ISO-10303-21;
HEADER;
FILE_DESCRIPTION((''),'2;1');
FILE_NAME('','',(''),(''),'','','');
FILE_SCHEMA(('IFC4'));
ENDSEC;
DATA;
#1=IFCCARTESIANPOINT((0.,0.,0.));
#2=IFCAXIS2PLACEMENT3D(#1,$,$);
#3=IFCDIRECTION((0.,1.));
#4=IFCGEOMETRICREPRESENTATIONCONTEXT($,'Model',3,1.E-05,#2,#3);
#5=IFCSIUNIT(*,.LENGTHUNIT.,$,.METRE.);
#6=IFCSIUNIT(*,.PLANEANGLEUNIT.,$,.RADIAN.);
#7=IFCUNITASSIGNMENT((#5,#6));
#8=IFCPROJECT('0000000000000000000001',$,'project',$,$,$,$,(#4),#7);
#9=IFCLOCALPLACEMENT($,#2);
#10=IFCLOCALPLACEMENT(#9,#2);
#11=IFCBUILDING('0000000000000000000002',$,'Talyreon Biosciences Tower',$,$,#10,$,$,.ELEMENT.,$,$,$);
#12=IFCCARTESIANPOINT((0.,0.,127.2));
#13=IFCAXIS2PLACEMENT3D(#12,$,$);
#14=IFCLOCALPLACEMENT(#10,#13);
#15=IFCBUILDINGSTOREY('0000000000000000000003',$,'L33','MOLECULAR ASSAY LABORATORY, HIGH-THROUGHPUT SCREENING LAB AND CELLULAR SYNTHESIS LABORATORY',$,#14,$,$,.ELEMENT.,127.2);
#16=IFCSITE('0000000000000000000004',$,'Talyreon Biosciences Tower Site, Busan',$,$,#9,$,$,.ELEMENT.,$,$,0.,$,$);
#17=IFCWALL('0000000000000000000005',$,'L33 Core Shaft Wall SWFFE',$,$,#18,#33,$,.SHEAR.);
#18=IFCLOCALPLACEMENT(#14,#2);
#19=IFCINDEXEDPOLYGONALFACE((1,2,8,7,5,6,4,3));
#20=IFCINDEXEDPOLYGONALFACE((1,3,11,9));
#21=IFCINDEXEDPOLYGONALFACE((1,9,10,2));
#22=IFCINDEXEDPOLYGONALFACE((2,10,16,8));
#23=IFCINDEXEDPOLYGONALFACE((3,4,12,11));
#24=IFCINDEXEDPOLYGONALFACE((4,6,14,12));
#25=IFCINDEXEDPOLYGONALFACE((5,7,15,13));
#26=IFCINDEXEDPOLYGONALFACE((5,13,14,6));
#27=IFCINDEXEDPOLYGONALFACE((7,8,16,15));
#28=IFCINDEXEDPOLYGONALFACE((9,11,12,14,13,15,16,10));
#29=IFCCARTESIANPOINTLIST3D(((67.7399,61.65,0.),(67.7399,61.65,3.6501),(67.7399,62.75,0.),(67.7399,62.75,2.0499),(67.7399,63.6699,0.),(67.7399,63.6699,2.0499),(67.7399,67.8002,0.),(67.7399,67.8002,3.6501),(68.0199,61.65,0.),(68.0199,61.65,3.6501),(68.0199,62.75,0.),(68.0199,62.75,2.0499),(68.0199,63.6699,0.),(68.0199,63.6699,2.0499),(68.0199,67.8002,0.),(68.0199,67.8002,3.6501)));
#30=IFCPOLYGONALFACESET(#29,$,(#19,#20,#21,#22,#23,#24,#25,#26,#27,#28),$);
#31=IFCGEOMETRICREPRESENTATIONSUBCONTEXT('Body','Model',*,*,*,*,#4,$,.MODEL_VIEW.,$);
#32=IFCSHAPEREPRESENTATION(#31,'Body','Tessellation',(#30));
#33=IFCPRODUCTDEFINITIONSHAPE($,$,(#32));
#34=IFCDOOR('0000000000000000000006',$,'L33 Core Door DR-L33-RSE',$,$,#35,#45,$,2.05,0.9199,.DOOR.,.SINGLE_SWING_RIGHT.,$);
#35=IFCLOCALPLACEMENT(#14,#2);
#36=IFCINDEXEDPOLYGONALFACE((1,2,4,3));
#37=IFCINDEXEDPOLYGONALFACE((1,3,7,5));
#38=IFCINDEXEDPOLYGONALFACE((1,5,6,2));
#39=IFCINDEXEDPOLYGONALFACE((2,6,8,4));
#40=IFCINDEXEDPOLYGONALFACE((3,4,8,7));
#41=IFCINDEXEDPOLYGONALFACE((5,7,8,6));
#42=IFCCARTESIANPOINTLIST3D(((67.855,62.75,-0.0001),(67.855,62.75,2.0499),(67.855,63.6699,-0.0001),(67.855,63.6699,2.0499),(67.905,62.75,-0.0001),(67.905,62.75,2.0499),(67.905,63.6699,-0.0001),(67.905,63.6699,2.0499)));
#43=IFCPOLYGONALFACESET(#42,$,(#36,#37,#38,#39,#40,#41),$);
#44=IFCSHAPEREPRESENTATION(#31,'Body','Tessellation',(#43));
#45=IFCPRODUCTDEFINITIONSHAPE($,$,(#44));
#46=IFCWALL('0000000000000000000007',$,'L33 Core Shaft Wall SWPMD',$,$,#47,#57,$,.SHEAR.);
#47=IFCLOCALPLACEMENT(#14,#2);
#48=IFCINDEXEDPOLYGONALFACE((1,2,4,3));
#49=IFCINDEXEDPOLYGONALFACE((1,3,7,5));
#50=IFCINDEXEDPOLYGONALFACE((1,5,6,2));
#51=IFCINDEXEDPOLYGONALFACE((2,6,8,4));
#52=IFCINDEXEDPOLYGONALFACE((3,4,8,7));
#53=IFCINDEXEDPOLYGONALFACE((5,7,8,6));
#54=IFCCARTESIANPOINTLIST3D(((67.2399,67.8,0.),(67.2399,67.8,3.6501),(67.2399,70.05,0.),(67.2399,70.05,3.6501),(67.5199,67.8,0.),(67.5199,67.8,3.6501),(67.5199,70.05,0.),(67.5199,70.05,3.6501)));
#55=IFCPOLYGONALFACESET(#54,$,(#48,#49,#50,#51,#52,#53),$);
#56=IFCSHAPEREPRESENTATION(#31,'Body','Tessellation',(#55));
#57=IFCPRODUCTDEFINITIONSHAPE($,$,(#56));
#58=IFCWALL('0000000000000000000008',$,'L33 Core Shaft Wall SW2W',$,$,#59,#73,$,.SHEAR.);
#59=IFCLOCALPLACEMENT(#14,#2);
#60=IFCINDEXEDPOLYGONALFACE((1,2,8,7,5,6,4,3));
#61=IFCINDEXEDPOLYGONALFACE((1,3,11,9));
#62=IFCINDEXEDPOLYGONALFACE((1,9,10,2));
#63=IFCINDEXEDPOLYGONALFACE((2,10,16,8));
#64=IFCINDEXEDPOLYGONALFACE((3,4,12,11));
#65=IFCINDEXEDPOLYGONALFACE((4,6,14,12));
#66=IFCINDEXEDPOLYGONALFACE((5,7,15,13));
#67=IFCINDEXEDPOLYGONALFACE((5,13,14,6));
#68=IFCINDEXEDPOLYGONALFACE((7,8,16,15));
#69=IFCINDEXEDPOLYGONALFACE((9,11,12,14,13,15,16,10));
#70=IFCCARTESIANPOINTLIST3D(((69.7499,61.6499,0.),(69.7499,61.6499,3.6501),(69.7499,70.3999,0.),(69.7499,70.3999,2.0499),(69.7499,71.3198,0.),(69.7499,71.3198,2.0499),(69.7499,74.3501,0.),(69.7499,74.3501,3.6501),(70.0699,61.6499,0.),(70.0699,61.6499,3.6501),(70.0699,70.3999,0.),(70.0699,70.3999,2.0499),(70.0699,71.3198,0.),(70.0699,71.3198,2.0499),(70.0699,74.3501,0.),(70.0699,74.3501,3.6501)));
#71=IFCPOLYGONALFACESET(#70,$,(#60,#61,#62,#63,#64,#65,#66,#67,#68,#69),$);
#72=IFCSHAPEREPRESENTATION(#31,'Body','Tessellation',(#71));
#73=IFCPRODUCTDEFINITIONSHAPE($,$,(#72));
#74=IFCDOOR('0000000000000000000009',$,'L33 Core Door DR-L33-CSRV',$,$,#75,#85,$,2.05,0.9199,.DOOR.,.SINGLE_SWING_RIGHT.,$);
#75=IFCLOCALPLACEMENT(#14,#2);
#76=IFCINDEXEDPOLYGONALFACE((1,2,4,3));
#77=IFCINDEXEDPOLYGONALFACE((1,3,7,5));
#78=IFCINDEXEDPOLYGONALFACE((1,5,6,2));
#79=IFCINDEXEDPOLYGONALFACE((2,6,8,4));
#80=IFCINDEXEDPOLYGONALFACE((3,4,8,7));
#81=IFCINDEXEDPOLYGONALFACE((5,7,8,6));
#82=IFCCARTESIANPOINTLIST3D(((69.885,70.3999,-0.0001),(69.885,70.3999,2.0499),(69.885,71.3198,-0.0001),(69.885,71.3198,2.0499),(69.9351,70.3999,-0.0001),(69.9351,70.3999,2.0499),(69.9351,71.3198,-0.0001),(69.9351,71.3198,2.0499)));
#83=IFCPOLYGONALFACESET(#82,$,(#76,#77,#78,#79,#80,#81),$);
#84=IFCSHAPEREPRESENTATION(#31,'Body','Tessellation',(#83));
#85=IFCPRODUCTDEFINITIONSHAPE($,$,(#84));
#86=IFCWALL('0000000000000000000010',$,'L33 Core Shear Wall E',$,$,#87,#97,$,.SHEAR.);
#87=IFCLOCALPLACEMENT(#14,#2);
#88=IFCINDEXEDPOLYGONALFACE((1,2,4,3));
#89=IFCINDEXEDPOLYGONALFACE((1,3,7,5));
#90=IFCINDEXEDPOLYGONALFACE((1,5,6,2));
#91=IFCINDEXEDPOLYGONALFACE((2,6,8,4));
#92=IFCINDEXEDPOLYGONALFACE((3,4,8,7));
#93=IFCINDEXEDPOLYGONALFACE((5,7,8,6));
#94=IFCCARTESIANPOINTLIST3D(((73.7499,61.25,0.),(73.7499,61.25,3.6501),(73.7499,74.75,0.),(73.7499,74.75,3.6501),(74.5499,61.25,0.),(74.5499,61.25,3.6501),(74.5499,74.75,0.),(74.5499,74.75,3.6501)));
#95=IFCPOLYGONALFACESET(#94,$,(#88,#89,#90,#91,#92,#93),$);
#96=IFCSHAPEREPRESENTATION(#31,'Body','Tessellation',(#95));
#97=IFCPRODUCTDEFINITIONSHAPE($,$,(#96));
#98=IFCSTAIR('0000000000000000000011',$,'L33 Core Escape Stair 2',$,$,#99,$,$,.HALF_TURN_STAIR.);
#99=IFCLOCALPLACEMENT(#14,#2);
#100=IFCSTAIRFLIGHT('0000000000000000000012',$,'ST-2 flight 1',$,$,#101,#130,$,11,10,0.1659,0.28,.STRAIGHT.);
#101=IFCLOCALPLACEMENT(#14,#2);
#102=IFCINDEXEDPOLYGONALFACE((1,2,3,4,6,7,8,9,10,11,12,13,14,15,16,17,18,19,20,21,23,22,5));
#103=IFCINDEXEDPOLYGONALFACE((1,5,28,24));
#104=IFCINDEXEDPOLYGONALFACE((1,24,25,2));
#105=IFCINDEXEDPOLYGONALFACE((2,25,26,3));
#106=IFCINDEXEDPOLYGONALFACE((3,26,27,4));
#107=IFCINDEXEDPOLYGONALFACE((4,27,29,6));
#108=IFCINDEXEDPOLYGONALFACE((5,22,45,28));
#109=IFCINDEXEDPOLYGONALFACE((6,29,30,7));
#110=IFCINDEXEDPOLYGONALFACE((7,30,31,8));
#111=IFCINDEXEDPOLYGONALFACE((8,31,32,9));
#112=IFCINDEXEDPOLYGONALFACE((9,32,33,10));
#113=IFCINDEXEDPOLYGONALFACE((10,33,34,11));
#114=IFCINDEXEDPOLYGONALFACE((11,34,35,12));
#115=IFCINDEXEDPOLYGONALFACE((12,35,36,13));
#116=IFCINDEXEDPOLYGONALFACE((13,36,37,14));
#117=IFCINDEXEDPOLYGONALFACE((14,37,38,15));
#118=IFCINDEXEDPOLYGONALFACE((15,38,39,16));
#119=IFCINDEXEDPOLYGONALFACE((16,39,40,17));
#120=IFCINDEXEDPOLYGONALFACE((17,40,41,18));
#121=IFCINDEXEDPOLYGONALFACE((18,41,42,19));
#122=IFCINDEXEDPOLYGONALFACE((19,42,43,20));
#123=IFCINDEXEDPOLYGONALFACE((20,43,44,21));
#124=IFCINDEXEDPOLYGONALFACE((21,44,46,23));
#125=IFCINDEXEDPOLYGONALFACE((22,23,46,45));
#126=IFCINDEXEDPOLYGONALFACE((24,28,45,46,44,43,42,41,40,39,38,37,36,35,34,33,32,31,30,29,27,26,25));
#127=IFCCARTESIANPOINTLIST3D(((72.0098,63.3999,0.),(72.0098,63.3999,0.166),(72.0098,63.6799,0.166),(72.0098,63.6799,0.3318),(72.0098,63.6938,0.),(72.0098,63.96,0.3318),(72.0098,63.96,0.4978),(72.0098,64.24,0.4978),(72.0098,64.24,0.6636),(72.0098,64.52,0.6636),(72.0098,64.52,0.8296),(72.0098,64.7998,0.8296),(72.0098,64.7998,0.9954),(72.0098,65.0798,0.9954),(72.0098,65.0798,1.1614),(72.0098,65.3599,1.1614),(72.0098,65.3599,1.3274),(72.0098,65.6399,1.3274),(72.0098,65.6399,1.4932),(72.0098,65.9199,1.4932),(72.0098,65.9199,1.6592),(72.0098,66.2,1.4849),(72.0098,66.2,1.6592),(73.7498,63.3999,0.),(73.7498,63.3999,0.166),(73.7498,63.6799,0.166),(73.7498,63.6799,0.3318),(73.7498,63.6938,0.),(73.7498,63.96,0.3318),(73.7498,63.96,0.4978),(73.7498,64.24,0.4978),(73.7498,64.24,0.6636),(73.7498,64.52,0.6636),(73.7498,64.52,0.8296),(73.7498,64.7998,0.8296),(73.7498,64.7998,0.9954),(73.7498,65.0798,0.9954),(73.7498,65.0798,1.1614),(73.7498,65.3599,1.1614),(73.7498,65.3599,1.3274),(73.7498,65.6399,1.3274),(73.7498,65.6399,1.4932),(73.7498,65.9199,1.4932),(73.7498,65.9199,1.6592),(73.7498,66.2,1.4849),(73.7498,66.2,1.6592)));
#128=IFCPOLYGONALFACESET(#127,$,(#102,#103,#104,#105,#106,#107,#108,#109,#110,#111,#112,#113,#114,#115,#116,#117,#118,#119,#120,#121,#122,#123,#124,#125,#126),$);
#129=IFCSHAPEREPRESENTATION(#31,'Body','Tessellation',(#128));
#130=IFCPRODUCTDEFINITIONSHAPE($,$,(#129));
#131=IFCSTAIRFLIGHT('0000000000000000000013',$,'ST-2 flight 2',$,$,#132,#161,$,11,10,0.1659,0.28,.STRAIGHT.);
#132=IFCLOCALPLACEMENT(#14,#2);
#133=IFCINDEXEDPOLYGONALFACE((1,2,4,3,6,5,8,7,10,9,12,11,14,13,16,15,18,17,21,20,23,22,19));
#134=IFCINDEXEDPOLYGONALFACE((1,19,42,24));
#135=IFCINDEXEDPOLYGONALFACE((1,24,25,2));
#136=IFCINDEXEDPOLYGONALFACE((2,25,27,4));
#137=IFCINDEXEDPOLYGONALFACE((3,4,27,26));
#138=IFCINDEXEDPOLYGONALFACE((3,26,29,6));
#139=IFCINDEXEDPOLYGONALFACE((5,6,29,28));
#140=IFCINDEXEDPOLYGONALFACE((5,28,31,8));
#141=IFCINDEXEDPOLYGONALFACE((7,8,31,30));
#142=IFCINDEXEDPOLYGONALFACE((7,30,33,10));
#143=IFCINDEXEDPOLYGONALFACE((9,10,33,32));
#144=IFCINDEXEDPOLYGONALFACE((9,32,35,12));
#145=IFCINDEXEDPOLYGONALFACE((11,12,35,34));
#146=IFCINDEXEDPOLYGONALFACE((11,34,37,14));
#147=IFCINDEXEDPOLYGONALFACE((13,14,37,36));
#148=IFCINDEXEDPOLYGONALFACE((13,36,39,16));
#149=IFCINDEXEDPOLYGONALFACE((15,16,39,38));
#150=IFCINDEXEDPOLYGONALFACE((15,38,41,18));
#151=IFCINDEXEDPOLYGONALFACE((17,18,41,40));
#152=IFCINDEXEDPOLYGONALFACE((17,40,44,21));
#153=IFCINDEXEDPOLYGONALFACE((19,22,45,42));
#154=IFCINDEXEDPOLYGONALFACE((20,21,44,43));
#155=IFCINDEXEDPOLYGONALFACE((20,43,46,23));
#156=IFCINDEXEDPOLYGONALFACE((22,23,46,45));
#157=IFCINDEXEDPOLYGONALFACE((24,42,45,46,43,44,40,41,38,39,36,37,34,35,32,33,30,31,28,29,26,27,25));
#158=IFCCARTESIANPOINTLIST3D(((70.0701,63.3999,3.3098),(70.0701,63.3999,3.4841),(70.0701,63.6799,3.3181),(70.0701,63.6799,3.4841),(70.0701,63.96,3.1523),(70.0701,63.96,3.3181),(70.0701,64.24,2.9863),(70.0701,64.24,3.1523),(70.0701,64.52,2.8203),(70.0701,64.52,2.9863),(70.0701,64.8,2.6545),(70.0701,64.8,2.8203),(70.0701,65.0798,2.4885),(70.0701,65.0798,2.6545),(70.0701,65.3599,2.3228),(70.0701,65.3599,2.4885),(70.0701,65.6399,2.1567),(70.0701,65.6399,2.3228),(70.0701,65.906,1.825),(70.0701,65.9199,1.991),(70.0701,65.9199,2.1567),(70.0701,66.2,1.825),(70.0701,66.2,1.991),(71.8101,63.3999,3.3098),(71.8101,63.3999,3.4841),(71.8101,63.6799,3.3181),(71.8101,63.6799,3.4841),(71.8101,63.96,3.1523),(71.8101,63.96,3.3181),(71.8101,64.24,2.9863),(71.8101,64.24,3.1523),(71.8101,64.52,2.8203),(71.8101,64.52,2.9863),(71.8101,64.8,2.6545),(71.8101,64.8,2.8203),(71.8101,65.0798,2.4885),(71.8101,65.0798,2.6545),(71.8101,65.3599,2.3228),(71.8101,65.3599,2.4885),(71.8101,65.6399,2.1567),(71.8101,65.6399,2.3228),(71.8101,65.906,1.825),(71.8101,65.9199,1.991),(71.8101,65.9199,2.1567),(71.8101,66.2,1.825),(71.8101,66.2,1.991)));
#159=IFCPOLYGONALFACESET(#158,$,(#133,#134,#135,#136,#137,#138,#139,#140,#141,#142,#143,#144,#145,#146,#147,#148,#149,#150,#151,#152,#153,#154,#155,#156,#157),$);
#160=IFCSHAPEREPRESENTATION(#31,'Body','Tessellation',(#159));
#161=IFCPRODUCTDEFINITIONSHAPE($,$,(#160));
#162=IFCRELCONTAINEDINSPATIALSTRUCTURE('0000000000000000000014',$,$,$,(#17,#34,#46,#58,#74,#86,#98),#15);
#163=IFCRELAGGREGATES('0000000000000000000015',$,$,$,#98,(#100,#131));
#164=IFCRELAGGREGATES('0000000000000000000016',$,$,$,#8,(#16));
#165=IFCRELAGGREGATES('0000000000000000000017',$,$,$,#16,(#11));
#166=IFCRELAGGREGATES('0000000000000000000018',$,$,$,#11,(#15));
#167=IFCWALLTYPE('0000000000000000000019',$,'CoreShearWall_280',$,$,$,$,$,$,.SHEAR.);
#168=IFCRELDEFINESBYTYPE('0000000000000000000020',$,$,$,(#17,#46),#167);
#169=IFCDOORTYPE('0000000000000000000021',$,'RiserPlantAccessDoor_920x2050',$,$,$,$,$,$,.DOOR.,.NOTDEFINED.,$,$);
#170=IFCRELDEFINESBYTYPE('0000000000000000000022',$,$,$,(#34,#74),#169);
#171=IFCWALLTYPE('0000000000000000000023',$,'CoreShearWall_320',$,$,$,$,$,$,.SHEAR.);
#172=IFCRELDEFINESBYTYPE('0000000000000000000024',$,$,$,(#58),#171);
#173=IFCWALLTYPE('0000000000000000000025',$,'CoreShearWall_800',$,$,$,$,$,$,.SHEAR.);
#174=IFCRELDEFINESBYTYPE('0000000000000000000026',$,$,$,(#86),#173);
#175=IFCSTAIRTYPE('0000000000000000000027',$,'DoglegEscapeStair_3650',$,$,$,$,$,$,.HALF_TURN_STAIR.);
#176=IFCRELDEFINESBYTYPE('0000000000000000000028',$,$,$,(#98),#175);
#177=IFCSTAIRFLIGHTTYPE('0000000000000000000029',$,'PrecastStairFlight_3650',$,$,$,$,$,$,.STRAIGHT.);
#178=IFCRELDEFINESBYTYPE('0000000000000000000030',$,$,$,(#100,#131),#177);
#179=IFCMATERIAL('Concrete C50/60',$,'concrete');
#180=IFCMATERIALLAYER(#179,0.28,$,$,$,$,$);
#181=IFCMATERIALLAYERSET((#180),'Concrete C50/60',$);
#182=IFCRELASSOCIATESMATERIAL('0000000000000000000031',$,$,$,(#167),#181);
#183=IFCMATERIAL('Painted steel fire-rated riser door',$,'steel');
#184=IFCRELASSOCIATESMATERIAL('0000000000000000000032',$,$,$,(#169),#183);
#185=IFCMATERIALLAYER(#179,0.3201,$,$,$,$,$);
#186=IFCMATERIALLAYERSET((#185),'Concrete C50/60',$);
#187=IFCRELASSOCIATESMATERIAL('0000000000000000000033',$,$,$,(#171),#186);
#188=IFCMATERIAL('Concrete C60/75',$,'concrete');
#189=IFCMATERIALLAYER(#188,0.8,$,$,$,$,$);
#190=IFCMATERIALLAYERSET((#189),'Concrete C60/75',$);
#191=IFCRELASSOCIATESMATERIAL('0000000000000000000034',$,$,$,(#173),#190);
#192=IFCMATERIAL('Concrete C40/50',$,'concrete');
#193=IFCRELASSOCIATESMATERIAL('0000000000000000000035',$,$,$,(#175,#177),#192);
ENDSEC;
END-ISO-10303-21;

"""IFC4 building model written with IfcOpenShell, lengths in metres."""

from ifc_helpers import new_model, si_unit, direction, frame, frame_2d, origin, place, context, subcontext, project, spatial, polyline, rectangle, outline, extrude, material, layer, layer_set, type_object, element, fill, aggregate, save


model = new_model("IFC4")

# Units and contexts
model_context = context("Model", 3, precision=1e-05, world=origin(), true_north=direction((0.0, 1.0)))
body_context = subcontext(model_context, "Body", "Model", "MODEL_VIEW")
ifc_project = project(units=[si_unit("LENGTHUNIT", "METRE"), si_unit("PLANEANGLEUNIT", "RADIAN")], contexts=[model_context])

# Site, building, storey
site_placement = place(None, origin())
site = spatial("IfcSite", under=ifc_project, at=site_placement, Name="Talyreon Biosciences Tower Site, Busan", CompositionType="ELEMENT", RefElevation=0.0)
building_placement = place(site_placement, origin())
building = spatial("IfcBuilding", under=site, at=building_placement, Name="Talyreon Biosciences Tower", CompositionType="ELEMENT")
storey_placement = place(building_placement, frame((0.0, 0.0, 127.2)))
storey = spatial("IfcBuildingStorey", under=building, at=storey_placement, Name="L33", Description="MOLECULAR ASSAY LABORATORY, HIGH-THROUGHPUT SCREENING LAB AND CELLULAR SYNTHESIS LABORATORY", CompositionType="ELEMENT", Elevation=127.2)

# Shared definitions
ifc_material_1 = material(Name="Concrete C50/60", Category="concrete")

# Wall, opening, door
ifc_layer_1 = layer(ifc_material_1, 0.28)
ifc_layer_set_1 = layer_set([ifc_layer_1], Name="Concrete C50/60")
wall_type_1 = type_object("IfcWallType", Name="CoreShearWall_280", PredefinedType="SHEAR", material=ifc_layer_set_1)
wall_1_placement = place(storey_placement, frame((67.8799, 61.6499, 0.0), z_axis=(0.0, 0.0, 1.0), x_axis=(0.0, 1.0, 0.0)))
wall_1 = element("IfcWall", 1, at=wall_1_placement, inside=storey, type_object=wall_type_1, Name="L33 Core Shaft Wall SWFFE", PredefinedType="SHEAR", context=body_context, shape_type="SweptSolid", body=[
    extrude(rectangle(XDim=6.1501, YDim=0.28, at=frame_2d((3.0752, 0.0))), origin(), (0.0, 0.0, 1.0), 3.6501),
])
opening_1_placement = place(wall_1_placement, frame((1.1001, 0.0, 0.0)))
opening_1 = element("IfcOpeningElement", 2, at=opening_1_placement, cuts=wall_1, PredefinedType="OPENING", context=body_context, shape_type="SweptSolid", body=[
    extrude(rectangle(XDim=0.9199, YDim=2.05, at=frame_2d((0.46, 1.0249))), frame((0.0, 0.1499, 0.0), z_axis=(0.0, -1.0, 0.0), x_axis=(1.0, 0.0, 0.0)), (0.0, 0.0, 1.0), 0.3),
])
ifc_material_2 = material(Name="Painted steel fire-rated riser door", Category="steel")
door_type = type_object("IfcDoorType", Name="RiserPlantAccessDoor_920x2050", OperationType="NOTDEFINED", PredefinedType="DOOR", material=ifc_material_2)
door_1_placement = place(opening_1_placement, origin())
door_1 = element("IfcDoor", 3, at=door_1_placement, inside=storey, type_object=door_type, Name="L33 Core Door DR-L33-RSE", OperationType="SINGLE_SWING_RIGHT", OverallHeight=2.05, OverallWidth=0.9199, PredefinedType="DOOR", context=body_context, shape_type="SweptSolid", body=[
    extrude(rectangle(XDim=0.9199, YDim=2.05, at=frame_2d((0.46, 1.0249))), frame((0.0, 0.0249, 0.0), z_axis=(0.0, -1.0, 0.0), x_axis=(1.0, 0.0, 0.0)), (0.0, 0.0, 1.0), 0.05),
])
fill(opening_1, door_1)

# Wall
wall_2_placement = place(storey_placement, frame((67.3799, 67.8, 0.0), z_axis=(0.0, 0.0, 1.0), x_axis=(0.0, 1.0, 0.0)))
element("IfcWall", 4, at=wall_2_placement, inside=storey, type_object=wall_type_1, Name="L33 Core Shaft Wall SWPMD", PredefinedType="SHEAR", context=body_context, shape_type="SweptSolid", body=[
    extrude(rectangle(XDim=2.25, YDim=0.28, at=frame_2d((1.125, 0.0))), origin(), (0.0, 0.0, 1.0), 3.6501),
])

# Wall, opening, door
ifc_layer_2 = layer(ifc_material_1, 0.3201)
ifc_layer_set_2 = layer_set([ifc_layer_2], Name="Concrete C50/60")
wall_type_2 = type_object("IfcWallType", Name="CoreShearWall_320", PredefinedType="SHEAR", material=ifc_layer_set_2)
wall_3_placement = place(storey_placement, frame((69.9099, 61.6499, 0.0), z_axis=(0.0, 0.0, 1.0), x_axis=(0.0, 1.0, 0.0)))
wall_3 = element("IfcWall", 5, at=wall_3_placement, inside=storey, type_object=wall_type_2, Name="L33 Core Shaft Wall SW2W", PredefinedType="SHEAR", context=body_context, shape_type="SweptSolid", body=[
    extrude(rectangle(XDim=12.7002, YDim=0.3201, at=frame_2d((6.3501, 0.0))), origin(), (0.0, 0.0, 1.0), 3.6501),
])
opening_2_placement = place(wall_3_placement, frame((8.75, 0.0, 0.0)))
opening_2 = element("IfcOpeningElement", 6, at=opening_2_placement, cuts=wall_3, PredefinedType="OPENING", context=body_context, shape_type="SweptSolid", body=[
    extrude(rectangle(XDim=0.9199, YDim=2.05, at=frame_2d((0.46, 1.0249))), frame((0.0, 0.1699, 0.0), z_axis=(0.0, -1.0, 0.0), x_axis=(1.0, 0.0, 0.0)), (0.0, 0.0, 1.0), 0.3401),
])
door_2_placement = place(opening_2_placement, origin())
door_2 = element("IfcDoor", 7, at=door_2_placement, inside=storey, type_object=door_type, Name="L33 Core Door DR-L33-CSRV", OperationType="SINGLE_SWING_RIGHT", OverallHeight=2.05, OverallWidth=0.9199, PredefinedType="DOOR", context=body_context, shape_type="SweptSolid", body=[
    extrude(rectangle(XDim=0.9199, YDim=2.05, at=frame_2d((0.46, 1.0249))), frame((0.0, 0.0249, 0.0), z_axis=(0.0, -1.0, 0.0), x_axis=(1.0, 0.0, 0.0)), (0.0, 0.0, 1.0), 0.05),
])
fill(opening_2, door_2)

# Wall
ifc_material_3 = material(Name="Concrete C60/75", Category="concrete")
ifc_layer_3 = layer(ifc_material_3, 0.8)
ifc_layer_set_3 = layer_set([ifc_layer_3], Name="Concrete C60/75")
wall_type_3 = type_object("IfcWallType", Name="CoreShearWall_800", PredefinedType="SHEAR", material=ifc_layer_set_3)
wall_4_placement = place(storey_placement, frame((74.1499, 61.25, 0.0), z_axis=(0.0, 0.0, 1.0), x_axis=(0.0, 1.0, 0.0)))
element("IfcWall", 8, at=wall_4_placement, inside=storey, type_object=wall_type_3, Name="L33 Core Shear Wall E", PredefinedType="SHEAR", context=body_context, shape_type="SweptSolid", body=[
    extrude(rectangle(XDim=13.5, YDim=0.8, at=frame_2d((6.75, 0.0))), origin(), (0.0, 0.0, 1.0), 3.6501),
])

# Stair, stair flights
ifc_material_4 = material(Name="Concrete C40/50", Category="concrete")
stair_type = type_object("IfcStairType", Name="DoglegEscapeStair_3650", PredefinedType="HALF_TURN_STAIR", material=ifc_material_4)
stair_placement = place(storey_placement, origin())
stair = element("IfcStair", 9, at=stair_placement, inside=storey, type_object=stair_type, Name="L33 Core Escape Stair 2", PredefinedType="HALF_TURN_STAIR")
stair_flight_type = type_object("IfcStairFlightType", Name="PrecastStairFlight_3650", PredefinedType="STRAIGHT", material=ifc_material_4)
stair_flight_1_placement = place(storey_placement, frame((72.8799, 63.3999, 0.0), z_axis=(0.0, 0.0, 1.0), x_axis=(0.0, 1.0, 0.0)))
stair_flight_1 = element("IfcStairFlight", 10, at=stair_flight_1_placement, type_object=stair_flight_type, Name="ST-2 flight 1", NumberOfRisers=11, NumberOfTreads=10, PredefinedType="STRAIGHT", RiserHeight=0.1659, TreadLength=0.28, context=body_context, shape_type="SweptSolid", body=[
    extrude(outline(polyline([(0.0, 0.0), (0.0, 0.166), (0.28, 0.166), (0.28, 0.3318), (0.5601, 0.3318), (0.5601, 0.4978), (0.8401, 0.4978), (0.8401, 0.6636), (1.1201, 0.6636), (1.1201, 0.8296), (1.3999, 0.8296), (1.3999, 0.9954), (1.6799, 0.9954), (1.6799, 1.1614), (1.96, 1.1614), (1.96, 1.3274), (2.24, 1.3274), (2.24, 1.4932), (2.52, 1.4932), (2.52, 1.6592), (2.8, 1.6592), (2.8, 1.825), (2.8, 1.4849), (0.2939, 0.0), (0.0, 0.0)])), frame((0.0, 0.8701, 0.0), z_axis=(0.0, -1.0, 0.0), x_axis=(1.0, 0.0, 0.0)), (0.0, 0.0, 1.0), 1.74),
])
stair_flight_2_placement = place(storey_placement, frame((70.9399, 66.2, 1.825), z_axis=(0.0, 0.0, 1.0), x_axis=(0.0, -1.0, 0.0)))
stair_flight_2 = element("IfcStairFlight", 11, at=stair_flight_2_placement, type_object=stair_flight_type, Name="ST-2 flight 2", NumberOfRisers=11, NumberOfTreads=10, PredefinedType="STRAIGHT", RiserHeight=0.1659, TreadLength=0.28, context=body_context, shape_type="SweptSolid", body=[
    extrude(outline(polyline([(0.0, 0.0), (0.0, 0.166), (0.28, 0.166), (0.28, 0.3318), (0.5601, 0.3318), (0.5601, 0.4978), (0.8401, 0.4978), (0.8401, 0.6636), (1.1201, 0.6636), (1.1201, 0.8296), (1.3999, 0.8296), (1.3999, 0.9954), (1.6799, 0.9954), (1.6799, 1.1614), (1.96, 1.1614), (1.96, 1.3274), (2.24, 1.3274), (2.24, 1.4932), (2.52, 1.4932), (2.52, 1.6592), (2.8, 1.6592), (2.8, 1.825), (2.8, 1.4849), (0.2939, 0.0), (0.0, 0.0)])), frame((0.0, 0.8701, 0.0), z_axis=(0.0, -1.0, 0.0), x_axis=(1.0, 0.0, 0.0)), (0.0, 0.0, 1.0), 1.74),
])
aggregate(stair, [stair_flight_1, stair_flight_2])

save(model, "model.ifc")
